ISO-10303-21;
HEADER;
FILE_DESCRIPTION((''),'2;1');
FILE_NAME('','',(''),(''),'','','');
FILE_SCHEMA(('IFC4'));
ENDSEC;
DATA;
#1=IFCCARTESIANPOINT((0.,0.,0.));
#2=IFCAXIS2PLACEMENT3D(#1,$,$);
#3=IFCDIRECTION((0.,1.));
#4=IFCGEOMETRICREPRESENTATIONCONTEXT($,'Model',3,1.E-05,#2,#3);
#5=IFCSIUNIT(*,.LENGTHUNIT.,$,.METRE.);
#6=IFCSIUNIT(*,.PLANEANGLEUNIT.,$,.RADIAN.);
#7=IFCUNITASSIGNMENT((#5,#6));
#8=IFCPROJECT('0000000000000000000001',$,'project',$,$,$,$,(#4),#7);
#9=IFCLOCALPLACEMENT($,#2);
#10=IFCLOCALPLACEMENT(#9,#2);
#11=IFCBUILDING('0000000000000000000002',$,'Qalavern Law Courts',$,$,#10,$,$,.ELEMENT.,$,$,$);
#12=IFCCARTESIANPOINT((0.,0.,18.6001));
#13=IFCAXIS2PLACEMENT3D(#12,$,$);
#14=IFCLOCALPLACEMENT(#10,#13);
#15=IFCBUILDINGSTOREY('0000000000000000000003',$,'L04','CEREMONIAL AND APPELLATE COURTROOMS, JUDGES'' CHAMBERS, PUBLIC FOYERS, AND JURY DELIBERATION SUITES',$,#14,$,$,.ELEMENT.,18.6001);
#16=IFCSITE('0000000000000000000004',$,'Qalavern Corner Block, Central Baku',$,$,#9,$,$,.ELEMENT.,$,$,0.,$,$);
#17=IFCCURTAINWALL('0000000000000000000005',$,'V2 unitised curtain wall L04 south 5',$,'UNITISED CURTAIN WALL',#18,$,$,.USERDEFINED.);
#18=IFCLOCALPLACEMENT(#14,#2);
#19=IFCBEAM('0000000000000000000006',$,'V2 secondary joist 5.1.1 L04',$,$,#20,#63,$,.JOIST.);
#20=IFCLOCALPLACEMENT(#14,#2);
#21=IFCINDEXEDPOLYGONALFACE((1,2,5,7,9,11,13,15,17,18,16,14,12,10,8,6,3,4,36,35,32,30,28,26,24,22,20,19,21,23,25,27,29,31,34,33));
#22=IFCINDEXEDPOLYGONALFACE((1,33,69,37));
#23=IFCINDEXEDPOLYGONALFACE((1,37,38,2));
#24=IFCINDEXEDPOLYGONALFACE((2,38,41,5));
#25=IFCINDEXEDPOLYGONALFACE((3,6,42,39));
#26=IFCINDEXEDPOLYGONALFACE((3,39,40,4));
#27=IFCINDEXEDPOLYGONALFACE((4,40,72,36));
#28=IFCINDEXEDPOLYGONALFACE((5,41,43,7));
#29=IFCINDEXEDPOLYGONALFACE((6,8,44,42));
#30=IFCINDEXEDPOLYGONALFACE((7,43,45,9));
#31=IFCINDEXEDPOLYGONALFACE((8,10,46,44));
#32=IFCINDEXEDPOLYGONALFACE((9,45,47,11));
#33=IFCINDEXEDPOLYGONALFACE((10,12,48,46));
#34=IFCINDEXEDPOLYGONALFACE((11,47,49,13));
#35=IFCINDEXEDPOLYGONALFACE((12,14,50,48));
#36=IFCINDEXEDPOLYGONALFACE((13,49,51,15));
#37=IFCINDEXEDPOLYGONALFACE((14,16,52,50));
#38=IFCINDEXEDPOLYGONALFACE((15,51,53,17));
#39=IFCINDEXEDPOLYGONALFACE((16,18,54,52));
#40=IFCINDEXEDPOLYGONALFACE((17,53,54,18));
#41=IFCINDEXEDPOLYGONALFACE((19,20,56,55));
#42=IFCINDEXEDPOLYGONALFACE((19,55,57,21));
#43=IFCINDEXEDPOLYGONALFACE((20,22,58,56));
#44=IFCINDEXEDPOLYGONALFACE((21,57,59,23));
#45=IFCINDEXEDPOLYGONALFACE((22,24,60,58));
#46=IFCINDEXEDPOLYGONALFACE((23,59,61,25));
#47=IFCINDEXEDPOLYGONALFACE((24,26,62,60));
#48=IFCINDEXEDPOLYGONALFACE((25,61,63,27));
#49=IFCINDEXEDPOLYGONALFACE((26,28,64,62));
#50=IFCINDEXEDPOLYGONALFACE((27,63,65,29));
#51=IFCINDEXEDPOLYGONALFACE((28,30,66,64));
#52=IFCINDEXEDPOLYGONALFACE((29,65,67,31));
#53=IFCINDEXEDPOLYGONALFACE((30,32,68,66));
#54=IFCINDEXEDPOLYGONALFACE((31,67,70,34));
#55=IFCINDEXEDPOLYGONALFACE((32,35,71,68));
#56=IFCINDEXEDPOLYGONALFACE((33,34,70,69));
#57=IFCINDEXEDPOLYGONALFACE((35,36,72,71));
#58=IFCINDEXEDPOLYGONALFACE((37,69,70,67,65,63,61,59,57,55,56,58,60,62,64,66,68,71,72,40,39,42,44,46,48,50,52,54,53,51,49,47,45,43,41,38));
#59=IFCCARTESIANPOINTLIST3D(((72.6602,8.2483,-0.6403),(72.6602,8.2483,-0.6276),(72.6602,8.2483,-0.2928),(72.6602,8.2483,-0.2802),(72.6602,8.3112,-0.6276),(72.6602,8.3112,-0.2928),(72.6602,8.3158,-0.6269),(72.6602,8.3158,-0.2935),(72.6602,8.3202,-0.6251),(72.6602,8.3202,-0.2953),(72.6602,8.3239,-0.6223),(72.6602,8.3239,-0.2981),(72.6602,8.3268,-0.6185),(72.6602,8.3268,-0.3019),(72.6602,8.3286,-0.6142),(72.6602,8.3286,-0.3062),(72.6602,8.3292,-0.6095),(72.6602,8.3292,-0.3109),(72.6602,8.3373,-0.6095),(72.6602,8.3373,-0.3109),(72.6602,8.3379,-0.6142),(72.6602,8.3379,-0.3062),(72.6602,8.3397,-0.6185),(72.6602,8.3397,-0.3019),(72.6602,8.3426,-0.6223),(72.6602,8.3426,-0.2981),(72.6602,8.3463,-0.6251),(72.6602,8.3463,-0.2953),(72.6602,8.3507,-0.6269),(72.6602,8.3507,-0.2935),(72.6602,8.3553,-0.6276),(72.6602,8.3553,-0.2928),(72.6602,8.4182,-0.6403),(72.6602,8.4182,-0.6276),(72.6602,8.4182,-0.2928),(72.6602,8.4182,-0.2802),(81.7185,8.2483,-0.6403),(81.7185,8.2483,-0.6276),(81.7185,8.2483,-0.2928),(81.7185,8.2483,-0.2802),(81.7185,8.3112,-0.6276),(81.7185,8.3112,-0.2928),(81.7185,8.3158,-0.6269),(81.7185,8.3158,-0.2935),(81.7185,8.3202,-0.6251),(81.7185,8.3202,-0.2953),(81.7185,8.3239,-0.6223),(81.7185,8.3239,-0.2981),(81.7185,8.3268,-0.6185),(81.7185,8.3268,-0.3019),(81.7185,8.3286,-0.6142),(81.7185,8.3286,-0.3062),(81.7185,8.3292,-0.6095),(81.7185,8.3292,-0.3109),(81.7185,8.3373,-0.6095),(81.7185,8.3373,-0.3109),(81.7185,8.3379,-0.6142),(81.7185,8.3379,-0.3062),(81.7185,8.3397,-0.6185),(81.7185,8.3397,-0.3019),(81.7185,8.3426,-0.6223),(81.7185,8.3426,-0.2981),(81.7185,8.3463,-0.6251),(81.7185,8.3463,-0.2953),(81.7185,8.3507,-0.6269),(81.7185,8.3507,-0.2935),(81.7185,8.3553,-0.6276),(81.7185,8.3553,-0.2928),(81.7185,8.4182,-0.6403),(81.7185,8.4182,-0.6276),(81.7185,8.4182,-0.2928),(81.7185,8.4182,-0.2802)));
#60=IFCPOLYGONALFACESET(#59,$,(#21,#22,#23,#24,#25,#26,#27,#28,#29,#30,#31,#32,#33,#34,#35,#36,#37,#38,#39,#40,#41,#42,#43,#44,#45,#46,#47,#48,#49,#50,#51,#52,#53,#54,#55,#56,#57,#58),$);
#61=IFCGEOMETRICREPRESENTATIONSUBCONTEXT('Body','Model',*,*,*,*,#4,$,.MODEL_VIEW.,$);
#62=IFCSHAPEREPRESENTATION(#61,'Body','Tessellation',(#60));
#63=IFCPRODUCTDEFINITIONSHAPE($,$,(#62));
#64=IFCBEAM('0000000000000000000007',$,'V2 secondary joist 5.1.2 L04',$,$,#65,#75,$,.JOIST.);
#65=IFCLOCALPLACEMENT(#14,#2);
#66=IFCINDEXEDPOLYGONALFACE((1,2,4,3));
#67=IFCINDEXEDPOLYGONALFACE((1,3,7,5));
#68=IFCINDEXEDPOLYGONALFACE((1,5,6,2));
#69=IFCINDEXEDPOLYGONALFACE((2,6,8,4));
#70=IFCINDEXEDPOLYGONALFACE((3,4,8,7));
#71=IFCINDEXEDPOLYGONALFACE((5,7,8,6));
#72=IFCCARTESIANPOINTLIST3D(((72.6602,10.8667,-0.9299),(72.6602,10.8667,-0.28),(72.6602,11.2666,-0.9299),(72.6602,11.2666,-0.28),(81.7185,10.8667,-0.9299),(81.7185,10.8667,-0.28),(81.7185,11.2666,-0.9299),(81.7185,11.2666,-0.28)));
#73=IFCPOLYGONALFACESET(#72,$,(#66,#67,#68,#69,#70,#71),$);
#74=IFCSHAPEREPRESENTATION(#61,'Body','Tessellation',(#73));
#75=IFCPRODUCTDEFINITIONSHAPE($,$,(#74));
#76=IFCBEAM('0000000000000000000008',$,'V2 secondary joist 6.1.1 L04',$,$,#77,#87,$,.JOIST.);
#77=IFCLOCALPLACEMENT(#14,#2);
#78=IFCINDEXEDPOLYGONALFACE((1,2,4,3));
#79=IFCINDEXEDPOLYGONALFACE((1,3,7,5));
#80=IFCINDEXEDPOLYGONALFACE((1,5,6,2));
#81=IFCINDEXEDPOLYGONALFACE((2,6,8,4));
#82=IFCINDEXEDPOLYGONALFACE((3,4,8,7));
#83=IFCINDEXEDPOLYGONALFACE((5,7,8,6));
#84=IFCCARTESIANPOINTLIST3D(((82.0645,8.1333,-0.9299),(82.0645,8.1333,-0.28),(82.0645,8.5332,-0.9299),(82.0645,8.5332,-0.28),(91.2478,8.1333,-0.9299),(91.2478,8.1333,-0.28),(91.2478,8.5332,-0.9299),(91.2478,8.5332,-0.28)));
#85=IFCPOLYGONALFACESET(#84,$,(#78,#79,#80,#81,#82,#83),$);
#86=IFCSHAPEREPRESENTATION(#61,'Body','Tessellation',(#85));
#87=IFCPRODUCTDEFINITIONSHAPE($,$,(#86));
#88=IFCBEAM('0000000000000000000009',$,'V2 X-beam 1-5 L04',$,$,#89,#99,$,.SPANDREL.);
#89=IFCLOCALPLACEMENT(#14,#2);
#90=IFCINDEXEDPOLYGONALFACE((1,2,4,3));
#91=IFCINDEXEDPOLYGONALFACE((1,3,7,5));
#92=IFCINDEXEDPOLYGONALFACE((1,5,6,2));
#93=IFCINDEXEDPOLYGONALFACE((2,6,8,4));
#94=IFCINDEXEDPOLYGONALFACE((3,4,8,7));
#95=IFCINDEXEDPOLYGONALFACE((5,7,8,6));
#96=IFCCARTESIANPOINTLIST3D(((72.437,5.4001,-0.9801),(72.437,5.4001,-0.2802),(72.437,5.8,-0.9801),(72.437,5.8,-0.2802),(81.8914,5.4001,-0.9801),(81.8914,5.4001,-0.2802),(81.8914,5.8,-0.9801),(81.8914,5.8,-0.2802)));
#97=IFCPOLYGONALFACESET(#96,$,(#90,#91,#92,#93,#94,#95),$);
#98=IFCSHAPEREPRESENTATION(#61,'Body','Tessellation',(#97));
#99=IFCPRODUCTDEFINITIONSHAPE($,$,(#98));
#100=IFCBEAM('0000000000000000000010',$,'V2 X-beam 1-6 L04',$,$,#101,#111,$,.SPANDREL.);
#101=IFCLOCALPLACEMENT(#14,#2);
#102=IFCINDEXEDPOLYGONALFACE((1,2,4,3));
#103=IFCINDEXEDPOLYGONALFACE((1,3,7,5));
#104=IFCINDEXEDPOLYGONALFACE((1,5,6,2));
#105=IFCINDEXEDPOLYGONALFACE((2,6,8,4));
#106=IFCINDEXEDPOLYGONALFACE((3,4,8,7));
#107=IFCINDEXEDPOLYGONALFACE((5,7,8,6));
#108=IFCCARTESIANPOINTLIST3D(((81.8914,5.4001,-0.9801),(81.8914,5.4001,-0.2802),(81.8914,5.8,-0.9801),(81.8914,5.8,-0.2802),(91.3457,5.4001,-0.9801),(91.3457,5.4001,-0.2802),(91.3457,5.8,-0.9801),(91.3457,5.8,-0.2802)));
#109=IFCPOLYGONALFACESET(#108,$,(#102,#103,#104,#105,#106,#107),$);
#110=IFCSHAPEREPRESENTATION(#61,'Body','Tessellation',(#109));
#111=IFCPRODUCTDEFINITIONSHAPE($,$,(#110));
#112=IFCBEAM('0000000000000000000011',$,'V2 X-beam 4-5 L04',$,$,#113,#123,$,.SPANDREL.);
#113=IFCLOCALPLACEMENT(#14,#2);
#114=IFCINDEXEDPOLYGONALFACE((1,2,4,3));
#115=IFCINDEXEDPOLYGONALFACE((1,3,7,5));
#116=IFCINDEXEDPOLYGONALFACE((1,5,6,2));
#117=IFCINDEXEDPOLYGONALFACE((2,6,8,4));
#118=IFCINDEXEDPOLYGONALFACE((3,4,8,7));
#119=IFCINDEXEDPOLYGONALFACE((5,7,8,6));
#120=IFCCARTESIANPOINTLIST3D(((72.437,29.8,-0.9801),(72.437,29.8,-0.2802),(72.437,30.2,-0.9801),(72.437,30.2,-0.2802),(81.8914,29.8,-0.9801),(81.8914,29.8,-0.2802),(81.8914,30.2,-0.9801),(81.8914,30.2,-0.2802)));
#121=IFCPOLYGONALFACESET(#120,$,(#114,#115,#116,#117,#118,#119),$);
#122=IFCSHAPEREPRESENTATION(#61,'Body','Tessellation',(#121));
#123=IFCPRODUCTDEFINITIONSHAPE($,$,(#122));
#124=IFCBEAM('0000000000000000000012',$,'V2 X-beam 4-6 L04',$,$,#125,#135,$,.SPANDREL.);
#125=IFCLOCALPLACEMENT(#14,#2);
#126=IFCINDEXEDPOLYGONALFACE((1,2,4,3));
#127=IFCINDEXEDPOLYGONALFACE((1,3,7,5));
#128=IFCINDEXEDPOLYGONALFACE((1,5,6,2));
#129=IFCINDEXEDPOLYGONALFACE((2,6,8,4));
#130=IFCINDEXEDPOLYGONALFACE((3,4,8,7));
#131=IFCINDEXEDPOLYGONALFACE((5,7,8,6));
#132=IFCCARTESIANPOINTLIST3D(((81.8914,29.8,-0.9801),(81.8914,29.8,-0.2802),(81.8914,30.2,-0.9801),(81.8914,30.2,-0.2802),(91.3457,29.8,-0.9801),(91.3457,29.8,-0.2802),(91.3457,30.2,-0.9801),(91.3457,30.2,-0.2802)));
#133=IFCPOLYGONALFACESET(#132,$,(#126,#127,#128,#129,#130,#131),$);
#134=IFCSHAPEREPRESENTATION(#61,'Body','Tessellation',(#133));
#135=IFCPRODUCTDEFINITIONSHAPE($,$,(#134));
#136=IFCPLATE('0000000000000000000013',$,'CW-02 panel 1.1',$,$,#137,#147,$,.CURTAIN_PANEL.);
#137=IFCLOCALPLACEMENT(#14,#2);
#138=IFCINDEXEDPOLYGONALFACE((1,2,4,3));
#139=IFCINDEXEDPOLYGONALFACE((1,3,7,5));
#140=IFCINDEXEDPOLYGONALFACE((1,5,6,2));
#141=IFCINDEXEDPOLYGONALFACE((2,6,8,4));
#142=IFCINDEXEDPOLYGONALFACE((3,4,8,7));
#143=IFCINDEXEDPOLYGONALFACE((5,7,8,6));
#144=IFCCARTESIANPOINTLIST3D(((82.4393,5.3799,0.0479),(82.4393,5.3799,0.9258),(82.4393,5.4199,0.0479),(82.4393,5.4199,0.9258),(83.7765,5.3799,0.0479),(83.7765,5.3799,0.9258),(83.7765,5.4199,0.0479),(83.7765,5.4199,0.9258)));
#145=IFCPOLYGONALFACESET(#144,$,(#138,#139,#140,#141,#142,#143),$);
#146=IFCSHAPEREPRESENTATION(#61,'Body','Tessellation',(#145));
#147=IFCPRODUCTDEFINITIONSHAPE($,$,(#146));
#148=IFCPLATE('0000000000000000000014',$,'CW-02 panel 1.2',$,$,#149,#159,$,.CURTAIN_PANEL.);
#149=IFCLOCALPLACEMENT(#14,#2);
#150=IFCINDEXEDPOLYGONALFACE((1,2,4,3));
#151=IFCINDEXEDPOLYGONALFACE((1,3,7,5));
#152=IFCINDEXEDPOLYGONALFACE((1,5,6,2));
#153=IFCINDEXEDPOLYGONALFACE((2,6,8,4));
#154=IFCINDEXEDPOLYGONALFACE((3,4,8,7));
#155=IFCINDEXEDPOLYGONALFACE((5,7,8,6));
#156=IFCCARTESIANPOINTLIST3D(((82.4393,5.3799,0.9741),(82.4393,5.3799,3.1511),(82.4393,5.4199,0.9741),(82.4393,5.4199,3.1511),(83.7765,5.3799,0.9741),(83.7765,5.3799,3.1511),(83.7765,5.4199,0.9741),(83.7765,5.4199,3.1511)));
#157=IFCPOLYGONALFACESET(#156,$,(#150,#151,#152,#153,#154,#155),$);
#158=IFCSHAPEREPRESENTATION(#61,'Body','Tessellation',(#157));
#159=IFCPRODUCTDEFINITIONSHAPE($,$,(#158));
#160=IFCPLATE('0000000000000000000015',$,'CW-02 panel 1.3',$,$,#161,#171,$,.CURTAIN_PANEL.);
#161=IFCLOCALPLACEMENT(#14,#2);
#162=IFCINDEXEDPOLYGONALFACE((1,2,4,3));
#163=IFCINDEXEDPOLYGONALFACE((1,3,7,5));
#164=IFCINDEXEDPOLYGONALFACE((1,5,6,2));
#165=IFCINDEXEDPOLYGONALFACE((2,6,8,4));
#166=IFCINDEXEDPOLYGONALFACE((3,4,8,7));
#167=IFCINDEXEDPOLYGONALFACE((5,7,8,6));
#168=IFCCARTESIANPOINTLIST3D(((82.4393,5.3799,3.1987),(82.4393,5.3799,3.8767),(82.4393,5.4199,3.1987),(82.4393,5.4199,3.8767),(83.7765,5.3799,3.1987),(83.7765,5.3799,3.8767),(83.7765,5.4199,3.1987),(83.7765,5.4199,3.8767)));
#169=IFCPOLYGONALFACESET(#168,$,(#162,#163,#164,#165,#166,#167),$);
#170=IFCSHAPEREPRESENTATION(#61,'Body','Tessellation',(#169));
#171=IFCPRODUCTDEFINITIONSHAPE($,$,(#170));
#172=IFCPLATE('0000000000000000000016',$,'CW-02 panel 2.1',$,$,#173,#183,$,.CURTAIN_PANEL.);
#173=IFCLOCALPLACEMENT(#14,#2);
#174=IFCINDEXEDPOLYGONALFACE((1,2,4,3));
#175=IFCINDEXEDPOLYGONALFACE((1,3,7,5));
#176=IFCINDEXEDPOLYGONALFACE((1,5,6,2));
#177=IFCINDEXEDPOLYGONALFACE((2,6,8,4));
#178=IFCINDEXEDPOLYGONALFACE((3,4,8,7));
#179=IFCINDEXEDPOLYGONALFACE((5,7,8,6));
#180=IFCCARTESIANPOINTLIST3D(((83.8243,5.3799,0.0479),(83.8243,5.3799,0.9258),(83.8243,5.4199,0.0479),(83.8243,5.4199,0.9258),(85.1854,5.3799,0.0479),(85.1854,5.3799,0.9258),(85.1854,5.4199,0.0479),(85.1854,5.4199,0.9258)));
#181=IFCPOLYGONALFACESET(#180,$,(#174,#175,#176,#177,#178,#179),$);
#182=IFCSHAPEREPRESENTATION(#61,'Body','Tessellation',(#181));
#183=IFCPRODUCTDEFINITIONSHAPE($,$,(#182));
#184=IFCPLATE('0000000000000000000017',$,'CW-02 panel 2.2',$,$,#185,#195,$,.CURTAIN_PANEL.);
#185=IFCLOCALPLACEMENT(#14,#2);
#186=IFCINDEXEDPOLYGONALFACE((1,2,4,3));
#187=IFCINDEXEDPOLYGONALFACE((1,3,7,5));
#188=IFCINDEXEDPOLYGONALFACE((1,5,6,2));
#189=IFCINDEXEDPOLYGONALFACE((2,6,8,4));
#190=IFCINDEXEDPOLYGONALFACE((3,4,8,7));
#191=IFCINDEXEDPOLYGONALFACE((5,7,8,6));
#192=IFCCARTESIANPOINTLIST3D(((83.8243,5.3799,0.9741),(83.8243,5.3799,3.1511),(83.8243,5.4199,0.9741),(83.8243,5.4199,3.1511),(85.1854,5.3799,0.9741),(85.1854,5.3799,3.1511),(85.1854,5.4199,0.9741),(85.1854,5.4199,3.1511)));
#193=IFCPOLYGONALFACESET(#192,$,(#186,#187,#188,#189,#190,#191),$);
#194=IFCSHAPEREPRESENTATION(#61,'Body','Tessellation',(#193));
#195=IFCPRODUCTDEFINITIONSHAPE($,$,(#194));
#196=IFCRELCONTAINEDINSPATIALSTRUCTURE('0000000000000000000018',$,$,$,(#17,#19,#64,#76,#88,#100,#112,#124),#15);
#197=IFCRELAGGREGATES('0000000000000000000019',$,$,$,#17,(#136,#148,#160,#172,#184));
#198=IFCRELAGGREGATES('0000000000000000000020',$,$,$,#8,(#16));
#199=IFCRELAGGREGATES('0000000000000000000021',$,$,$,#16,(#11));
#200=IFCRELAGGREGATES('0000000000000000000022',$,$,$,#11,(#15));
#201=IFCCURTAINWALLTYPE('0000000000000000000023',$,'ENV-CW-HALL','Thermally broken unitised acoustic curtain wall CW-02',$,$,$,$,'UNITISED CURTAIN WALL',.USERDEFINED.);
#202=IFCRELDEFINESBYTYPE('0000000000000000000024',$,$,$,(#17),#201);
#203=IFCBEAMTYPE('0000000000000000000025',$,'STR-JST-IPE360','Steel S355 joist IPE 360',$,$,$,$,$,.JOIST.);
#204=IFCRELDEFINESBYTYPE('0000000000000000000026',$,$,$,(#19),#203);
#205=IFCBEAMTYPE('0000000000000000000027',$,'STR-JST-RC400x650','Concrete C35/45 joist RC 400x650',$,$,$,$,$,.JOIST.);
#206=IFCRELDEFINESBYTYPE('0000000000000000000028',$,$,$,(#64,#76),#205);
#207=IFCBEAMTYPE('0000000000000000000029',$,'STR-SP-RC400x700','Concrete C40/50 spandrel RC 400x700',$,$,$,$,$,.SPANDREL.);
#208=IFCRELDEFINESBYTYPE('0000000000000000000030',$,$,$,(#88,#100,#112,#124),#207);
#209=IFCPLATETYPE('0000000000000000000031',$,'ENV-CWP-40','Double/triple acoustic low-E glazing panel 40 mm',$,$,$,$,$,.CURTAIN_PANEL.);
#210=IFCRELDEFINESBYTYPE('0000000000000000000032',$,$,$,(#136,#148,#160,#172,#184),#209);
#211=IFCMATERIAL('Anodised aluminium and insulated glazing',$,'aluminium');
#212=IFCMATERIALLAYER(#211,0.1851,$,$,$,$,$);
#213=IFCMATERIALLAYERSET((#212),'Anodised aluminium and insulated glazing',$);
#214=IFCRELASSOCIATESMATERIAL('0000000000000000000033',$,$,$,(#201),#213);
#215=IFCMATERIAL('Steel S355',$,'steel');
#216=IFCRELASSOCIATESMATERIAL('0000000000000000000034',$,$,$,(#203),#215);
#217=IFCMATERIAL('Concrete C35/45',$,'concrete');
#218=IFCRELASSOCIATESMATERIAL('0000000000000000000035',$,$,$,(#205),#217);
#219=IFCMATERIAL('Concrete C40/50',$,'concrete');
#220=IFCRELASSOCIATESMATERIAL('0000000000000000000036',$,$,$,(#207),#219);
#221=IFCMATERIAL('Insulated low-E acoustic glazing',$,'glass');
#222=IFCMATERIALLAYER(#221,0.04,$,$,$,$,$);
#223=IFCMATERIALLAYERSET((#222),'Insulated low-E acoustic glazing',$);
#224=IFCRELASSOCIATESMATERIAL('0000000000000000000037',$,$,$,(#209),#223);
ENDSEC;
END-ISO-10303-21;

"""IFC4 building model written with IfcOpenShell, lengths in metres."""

from ifc_helpers import new_model, si_unit, direction, frame, origin, origin_2d, place, context, subcontext, project, spatial, rectangle, i_section, extrude, material, layer, layer_set, material_profile, profile_set, type_object, element, aggregate, save


model = new_model("IFC4")

# Units and contexts
model_context = context("Model", 3, precision=1e-05, world=origin(), true_north=direction((0.0, 1.0)))
body_context = subcontext(model_context, "Body", "Model", "MODEL_VIEW")
ifc_project = project(units=[si_unit("LENGTHUNIT", "METRE"), si_unit("PLANEANGLEUNIT", "RADIAN")], contexts=[model_context])

# Site, building, storey
site_placement = place(None, origin())
site = spatial("IfcSite", under=ifc_project, at=site_placement, Name="Qalavern Corner Block, Central Baku", CompositionType="ELEMENT", RefElevation=0.0)
building_placement = place(site_placement, origin())
building = spatial("IfcBuilding", under=site, at=building_placement, Name="Qalavern Law Courts", CompositionType="ELEMENT")
storey_placement = place(building_placement, frame((0.0, 0.0, 18.6001)))
storey = spatial("IfcBuildingStorey", under=building, at=storey_placement, Name="L04", Description="CEREMONIAL AND APPELLATE COURTROOMS, JUDGES' CHAMBERS, PUBLIC FOYERS, AND JURY DELIBERATION SUITES", CompositionType="ELEMENT", Elevation=18.6001)

# Curtain wall
ifc_material_1 = material(Name="Anodised aluminium and insulated glazing", Category="aluminium")
ifc_layer_1 = layer(ifc_material_1, 0.1851)
ifc_layer_set_1 = layer_set([ifc_layer_1], Name="Anodised aluminium and insulated glazing")
curtain_wall_type = type_object("IfcCurtainWallType", Name="ENV-CW-HALL", Description="Thermally broken unitised acoustic curtain wall CW-02", ElementType="UNITISED CURTAIN WALL", PredefinedType="USERDEFINED", material=ifc_layer_set_1)
curtain_wall_placement = place(storey_placement, origin())
curtain_wall = element("IfcCurtainWall", 1, at=curtain_wall_placement, inside=storey, type_object=curtain_wall_type, Name="V2 unitised curtain wall L04 south 5", ObjectType="UNITISED CURTAIN WALL", PredefinedType="USERDEFINED")

# Beams
ifc_material_2 = material(Name="Steel S355", Category="steel")
ifc_material_3 = material(Name="Concrete C35/45", Category="concrete")
ifc_material_4 = material(Name="Concrete C40/50", Category="concrete")
ifc_material_profile_1 = material_profile(ifc_material_2, i_section(OverallWidth=0.1699, OverallDepth=0.3601, WebThickness=0.0081, FlangeThickness=0.0127, FilletRadius=0.0181, at=origin_2d()), Name="IPE 360")
ifc_profile_set_1 = profile_set([ifc_material_profile_1], Name="Steel S355")
beam_type_1 = type_object("IfcBeamType", Name="STR-JST-IPE360", Description="Steel S355 joist IPE 360", PredefinedType="JOIST", material=ifc_profile_set_1)
beam_1_placement = place(storey_placement, frame((72.6602, 8.3333, -0.4602), z_axis=(1.0, 0.0, 0.0), x_axis=(0.0, 1.0, 0.0)))
element("IfcBeam", 2, at=beam_1_placement, inside=storey, type_object=beam_type_1, Name="V2 secondary joist 5.1.1 L04", PredefinedType="JOIST", context=body_context, shape_type="SweptSolid", body=[
    extrude(i_section(OverallWidth=0.1699, OverallDepth=0.3601, WebThickness=0.0081, FlangeThickness=0.0127, FilletRadius=0.0181, at=origin_2d()), origin(), (0.0, 0.0, 1.0), 9.0583),
])
ifc_material_profile_2 = material_profile(ifc_material_3, rectangle(XDim=0.3999, YDim=0.6499, at=origin_2d()), Name="RC 400x650")
ifc_profile_set_2 = profile_set([ifc_material_profile_2], Name="Concrete C35/45")
beam_type_2 = type_object("IfcBeamType", Name="STR-JST-RC400x650", Description="Concrete C35/45 joist RC 400x650", PredefinedType="JOIST", material=ifc_profile_set_2)
beam_2_placement = place(storey_placement, frame((72.6602, 11.0667, -0.605), z_axis=(1.0, 0.0, 0.0), x_axis=(0.0, 1.0, 0.0)))
element("IfcBeam", 3, at=beam_2_placement, inside=storey, type_object=beam_type_2, Name="V2 secondary joist 5.1.2 L04", PredefinedType="JOIST", context=body_context, shape_type="SweptSolid", body=[
    extrude(rectangle(XDim=0.3999, YDim=0.6499, at=origin_2d()), origin(), (0.0, 0.0, 1.0), 9.0583),
])
beam_3_placement = place(storey_placement, frame((82.0645, 8.3333, -0.605), z_axis=(1.0, 0.0, 0.0), x_axis=(0.0, 1.0, 0.0)))
element("IfcBeam", 4, at=beam_3_placement, inside=storey, type_object=beam_type_2, Name="V2 secondary joist 6.1.1 L04", PredefinedType="JOIST", context=body_context, shape_type="SweptSolid", body=[
    extrude(rectangle(XDim=0.3999, YDim=0.6499, at=origin_2d()), origin(), (0.0, 0.0, 1.0), 9.1833),
])
ifc_material_profile_3 = material_profile(ifc_material_4, rectangle(XDim=0.3999, YDim=0.7, at=origin_2d()), Name="RC 400x700")
ifc_profile_set_3 = profile_set([ifc_material_profile_3], Name="Concrete C40/50")
beam_type_3 = type_object("IfcBeamType", Name="STR-SP-RC400x700", Description="Concrete C40/50 spandrel RC 400x700", PredefinedType="SPANDREL", material=ifc_profile_set_3)
for number, where, z_axis, x_axis, name in (
    (5, (72.437, 5.6001, -0.6301), (1.0, 0.0, 0.0), (0.0, 1.0, 0.0), "V2 X-beam 1-5 L04"),
    (6, (81.8914, 5.6001, -0.6301), (1.0, 0.0, 0.0), (0.0, 1.0, 0.0), "V2 X-beam 1-6 L04"),
    (7, (72.437, 30.0, -0.6301), (1.0, 0.0, 0.0), (0.0, 1.0, 0.0), "V2 X-beam 4-5 L04"),
    (8, (81.8914, 30.0, -0.6301), (1.0, 0.0, 0.0), (0.0, 1.0, 0.0), "V2 X-beam 4-6 L04"),
):
    element("IfcBeam", number, at=place(storey_placement, frame(where, z_axis=z_axis, x_axis=x_axis)), inside=storey, type_object=beam_type_3, Name=name, PredefinedType="SPANDREL", context=body_context, shape_type="SweptSolid", body=[
        extrude(rectangle(XDim=0.3999, YDim=0.7, at=origin_2d()), origin(), (0.0, 0.0, 1.0), 9.4543),
    ])

# Plates
ifc_material_5 = material(Name="Insulated low-E acoustic glazing", Category="glass")
ifc_layer_2 = layer(ifc_material_5, 0.04)
ifc_layer_set_2 = layer_set([ifc_layer_2], Name="Insulated low-E acoustic glazing")
plate_type = type_object("IfcPlateType", Name="ENV-CWP-40", Description="Double/triple acoustic low-E glazing panel 40 mm", PredefinedType="CURTAIN_PANEL", material=ifc_layer_set_2)
plate_1_placement = place(storey_placement, frame((83.1079, 5.3999, 0.0479), z_axis=(0.0, 0.0, 1.0), x_axis=(1.0, 0.0, 0.0)))
plate_1 = element("IfcPlate", 9, at=plate_1_placement, type_object=plate_type, Name="CW-02 panel 1.1", PredefinedType="CURTAIN_PANEL", context=body_context, shape_type="SweptSolid", body=[
    extrude(rectangle(XDim=1.3372, YDim=0.04, at=origin_2d()), origin(), (0.0, 0.0, 1.0), 0.8779),
])
plate_2_placement = place(storey_placement, frame((83.1079, 5.3999, 0.9741), z_axis=(0.0, 0.0, 1.0), x_axis=(1.0, 0.0, 0.0)))
plate_2 = element("IfcPlate", 10, at=plate_2_placement, type_object=plate_type, Name="CW-02 panel 1.2", PredefinedType="CURTAIN_PANEL", context=body_context, shape_type="SweptSolid", body=[
    extrude(rectangle(XDim=1.3372, YDim=0.04, at=origin_2d()), origin(), (0.0, 0.0, 1.0), 2.177),
])
plate_3_placement = place(storey_placement, frame((83.1079, 5.3999, 3.1987), z_axis=(0.0, 0.0, 1.0), x_axis=(1.0, 0.0, 0.0)))
plate_3 = element("IfcPlate", 11, at=plate_3_placement, type_object=plate_type, Name="CW-02 panel 1.3", PredefinedType="CURTAIN_PANEL", context=body_context, shape_type="SweptSolid", body=[
    extrude(rectangle(XDim=1.3372, YDim=0.04, at=origin_2d()), origin(), (0.0, 0.0, 1.0), 0.678),
])
plate_4_placement = place(storey_placement, frame((84.5049, 5.3999, 0.0479), z_axis=(0.0, 0.0, 1.0), x_axis=(1.0, 0.0, 0.0)))
plate_4 = element("IfcPlate", 12, at=plate_4_placement, type_object=plate_type, Name="CW-02 panel 2.1", PredefinedType="CURTAIN_PANEL", context=body_context, shape_type="SweptSolid", body=[
    extrude(rectangle(XDim=1.3611, YDim=0.04, at=origin_2d()), origin(), (0.0, 0.0, 1.0), 0.8779),
])
plate_5_placement = place(storey_placement, frame((84.5049, 5.3999, 0.9741), z_axis=(0.0, 0.0, 1.0), x_axis=(1.0, 0.0, 0.0)))
plate_5 = element("IfcPlate", 13, at=plate_5_placement, type_object=plate_type, Name="CW-02 panel 2.2", PredefinedType="CURTAIN_PANEL", context=body_context, shape_type="SweptSolid", body=[
    extrude(rectangle(XDim=1.3611, YDim=0.04, at=origin_2d()), origin(), (0.0, 0.0, 1.0), 2.177),
])
aggregate(curtain_wall, [plate_1, plate_2, plate_3, plate_4, plate_5])

save(model, "model.ifc")
